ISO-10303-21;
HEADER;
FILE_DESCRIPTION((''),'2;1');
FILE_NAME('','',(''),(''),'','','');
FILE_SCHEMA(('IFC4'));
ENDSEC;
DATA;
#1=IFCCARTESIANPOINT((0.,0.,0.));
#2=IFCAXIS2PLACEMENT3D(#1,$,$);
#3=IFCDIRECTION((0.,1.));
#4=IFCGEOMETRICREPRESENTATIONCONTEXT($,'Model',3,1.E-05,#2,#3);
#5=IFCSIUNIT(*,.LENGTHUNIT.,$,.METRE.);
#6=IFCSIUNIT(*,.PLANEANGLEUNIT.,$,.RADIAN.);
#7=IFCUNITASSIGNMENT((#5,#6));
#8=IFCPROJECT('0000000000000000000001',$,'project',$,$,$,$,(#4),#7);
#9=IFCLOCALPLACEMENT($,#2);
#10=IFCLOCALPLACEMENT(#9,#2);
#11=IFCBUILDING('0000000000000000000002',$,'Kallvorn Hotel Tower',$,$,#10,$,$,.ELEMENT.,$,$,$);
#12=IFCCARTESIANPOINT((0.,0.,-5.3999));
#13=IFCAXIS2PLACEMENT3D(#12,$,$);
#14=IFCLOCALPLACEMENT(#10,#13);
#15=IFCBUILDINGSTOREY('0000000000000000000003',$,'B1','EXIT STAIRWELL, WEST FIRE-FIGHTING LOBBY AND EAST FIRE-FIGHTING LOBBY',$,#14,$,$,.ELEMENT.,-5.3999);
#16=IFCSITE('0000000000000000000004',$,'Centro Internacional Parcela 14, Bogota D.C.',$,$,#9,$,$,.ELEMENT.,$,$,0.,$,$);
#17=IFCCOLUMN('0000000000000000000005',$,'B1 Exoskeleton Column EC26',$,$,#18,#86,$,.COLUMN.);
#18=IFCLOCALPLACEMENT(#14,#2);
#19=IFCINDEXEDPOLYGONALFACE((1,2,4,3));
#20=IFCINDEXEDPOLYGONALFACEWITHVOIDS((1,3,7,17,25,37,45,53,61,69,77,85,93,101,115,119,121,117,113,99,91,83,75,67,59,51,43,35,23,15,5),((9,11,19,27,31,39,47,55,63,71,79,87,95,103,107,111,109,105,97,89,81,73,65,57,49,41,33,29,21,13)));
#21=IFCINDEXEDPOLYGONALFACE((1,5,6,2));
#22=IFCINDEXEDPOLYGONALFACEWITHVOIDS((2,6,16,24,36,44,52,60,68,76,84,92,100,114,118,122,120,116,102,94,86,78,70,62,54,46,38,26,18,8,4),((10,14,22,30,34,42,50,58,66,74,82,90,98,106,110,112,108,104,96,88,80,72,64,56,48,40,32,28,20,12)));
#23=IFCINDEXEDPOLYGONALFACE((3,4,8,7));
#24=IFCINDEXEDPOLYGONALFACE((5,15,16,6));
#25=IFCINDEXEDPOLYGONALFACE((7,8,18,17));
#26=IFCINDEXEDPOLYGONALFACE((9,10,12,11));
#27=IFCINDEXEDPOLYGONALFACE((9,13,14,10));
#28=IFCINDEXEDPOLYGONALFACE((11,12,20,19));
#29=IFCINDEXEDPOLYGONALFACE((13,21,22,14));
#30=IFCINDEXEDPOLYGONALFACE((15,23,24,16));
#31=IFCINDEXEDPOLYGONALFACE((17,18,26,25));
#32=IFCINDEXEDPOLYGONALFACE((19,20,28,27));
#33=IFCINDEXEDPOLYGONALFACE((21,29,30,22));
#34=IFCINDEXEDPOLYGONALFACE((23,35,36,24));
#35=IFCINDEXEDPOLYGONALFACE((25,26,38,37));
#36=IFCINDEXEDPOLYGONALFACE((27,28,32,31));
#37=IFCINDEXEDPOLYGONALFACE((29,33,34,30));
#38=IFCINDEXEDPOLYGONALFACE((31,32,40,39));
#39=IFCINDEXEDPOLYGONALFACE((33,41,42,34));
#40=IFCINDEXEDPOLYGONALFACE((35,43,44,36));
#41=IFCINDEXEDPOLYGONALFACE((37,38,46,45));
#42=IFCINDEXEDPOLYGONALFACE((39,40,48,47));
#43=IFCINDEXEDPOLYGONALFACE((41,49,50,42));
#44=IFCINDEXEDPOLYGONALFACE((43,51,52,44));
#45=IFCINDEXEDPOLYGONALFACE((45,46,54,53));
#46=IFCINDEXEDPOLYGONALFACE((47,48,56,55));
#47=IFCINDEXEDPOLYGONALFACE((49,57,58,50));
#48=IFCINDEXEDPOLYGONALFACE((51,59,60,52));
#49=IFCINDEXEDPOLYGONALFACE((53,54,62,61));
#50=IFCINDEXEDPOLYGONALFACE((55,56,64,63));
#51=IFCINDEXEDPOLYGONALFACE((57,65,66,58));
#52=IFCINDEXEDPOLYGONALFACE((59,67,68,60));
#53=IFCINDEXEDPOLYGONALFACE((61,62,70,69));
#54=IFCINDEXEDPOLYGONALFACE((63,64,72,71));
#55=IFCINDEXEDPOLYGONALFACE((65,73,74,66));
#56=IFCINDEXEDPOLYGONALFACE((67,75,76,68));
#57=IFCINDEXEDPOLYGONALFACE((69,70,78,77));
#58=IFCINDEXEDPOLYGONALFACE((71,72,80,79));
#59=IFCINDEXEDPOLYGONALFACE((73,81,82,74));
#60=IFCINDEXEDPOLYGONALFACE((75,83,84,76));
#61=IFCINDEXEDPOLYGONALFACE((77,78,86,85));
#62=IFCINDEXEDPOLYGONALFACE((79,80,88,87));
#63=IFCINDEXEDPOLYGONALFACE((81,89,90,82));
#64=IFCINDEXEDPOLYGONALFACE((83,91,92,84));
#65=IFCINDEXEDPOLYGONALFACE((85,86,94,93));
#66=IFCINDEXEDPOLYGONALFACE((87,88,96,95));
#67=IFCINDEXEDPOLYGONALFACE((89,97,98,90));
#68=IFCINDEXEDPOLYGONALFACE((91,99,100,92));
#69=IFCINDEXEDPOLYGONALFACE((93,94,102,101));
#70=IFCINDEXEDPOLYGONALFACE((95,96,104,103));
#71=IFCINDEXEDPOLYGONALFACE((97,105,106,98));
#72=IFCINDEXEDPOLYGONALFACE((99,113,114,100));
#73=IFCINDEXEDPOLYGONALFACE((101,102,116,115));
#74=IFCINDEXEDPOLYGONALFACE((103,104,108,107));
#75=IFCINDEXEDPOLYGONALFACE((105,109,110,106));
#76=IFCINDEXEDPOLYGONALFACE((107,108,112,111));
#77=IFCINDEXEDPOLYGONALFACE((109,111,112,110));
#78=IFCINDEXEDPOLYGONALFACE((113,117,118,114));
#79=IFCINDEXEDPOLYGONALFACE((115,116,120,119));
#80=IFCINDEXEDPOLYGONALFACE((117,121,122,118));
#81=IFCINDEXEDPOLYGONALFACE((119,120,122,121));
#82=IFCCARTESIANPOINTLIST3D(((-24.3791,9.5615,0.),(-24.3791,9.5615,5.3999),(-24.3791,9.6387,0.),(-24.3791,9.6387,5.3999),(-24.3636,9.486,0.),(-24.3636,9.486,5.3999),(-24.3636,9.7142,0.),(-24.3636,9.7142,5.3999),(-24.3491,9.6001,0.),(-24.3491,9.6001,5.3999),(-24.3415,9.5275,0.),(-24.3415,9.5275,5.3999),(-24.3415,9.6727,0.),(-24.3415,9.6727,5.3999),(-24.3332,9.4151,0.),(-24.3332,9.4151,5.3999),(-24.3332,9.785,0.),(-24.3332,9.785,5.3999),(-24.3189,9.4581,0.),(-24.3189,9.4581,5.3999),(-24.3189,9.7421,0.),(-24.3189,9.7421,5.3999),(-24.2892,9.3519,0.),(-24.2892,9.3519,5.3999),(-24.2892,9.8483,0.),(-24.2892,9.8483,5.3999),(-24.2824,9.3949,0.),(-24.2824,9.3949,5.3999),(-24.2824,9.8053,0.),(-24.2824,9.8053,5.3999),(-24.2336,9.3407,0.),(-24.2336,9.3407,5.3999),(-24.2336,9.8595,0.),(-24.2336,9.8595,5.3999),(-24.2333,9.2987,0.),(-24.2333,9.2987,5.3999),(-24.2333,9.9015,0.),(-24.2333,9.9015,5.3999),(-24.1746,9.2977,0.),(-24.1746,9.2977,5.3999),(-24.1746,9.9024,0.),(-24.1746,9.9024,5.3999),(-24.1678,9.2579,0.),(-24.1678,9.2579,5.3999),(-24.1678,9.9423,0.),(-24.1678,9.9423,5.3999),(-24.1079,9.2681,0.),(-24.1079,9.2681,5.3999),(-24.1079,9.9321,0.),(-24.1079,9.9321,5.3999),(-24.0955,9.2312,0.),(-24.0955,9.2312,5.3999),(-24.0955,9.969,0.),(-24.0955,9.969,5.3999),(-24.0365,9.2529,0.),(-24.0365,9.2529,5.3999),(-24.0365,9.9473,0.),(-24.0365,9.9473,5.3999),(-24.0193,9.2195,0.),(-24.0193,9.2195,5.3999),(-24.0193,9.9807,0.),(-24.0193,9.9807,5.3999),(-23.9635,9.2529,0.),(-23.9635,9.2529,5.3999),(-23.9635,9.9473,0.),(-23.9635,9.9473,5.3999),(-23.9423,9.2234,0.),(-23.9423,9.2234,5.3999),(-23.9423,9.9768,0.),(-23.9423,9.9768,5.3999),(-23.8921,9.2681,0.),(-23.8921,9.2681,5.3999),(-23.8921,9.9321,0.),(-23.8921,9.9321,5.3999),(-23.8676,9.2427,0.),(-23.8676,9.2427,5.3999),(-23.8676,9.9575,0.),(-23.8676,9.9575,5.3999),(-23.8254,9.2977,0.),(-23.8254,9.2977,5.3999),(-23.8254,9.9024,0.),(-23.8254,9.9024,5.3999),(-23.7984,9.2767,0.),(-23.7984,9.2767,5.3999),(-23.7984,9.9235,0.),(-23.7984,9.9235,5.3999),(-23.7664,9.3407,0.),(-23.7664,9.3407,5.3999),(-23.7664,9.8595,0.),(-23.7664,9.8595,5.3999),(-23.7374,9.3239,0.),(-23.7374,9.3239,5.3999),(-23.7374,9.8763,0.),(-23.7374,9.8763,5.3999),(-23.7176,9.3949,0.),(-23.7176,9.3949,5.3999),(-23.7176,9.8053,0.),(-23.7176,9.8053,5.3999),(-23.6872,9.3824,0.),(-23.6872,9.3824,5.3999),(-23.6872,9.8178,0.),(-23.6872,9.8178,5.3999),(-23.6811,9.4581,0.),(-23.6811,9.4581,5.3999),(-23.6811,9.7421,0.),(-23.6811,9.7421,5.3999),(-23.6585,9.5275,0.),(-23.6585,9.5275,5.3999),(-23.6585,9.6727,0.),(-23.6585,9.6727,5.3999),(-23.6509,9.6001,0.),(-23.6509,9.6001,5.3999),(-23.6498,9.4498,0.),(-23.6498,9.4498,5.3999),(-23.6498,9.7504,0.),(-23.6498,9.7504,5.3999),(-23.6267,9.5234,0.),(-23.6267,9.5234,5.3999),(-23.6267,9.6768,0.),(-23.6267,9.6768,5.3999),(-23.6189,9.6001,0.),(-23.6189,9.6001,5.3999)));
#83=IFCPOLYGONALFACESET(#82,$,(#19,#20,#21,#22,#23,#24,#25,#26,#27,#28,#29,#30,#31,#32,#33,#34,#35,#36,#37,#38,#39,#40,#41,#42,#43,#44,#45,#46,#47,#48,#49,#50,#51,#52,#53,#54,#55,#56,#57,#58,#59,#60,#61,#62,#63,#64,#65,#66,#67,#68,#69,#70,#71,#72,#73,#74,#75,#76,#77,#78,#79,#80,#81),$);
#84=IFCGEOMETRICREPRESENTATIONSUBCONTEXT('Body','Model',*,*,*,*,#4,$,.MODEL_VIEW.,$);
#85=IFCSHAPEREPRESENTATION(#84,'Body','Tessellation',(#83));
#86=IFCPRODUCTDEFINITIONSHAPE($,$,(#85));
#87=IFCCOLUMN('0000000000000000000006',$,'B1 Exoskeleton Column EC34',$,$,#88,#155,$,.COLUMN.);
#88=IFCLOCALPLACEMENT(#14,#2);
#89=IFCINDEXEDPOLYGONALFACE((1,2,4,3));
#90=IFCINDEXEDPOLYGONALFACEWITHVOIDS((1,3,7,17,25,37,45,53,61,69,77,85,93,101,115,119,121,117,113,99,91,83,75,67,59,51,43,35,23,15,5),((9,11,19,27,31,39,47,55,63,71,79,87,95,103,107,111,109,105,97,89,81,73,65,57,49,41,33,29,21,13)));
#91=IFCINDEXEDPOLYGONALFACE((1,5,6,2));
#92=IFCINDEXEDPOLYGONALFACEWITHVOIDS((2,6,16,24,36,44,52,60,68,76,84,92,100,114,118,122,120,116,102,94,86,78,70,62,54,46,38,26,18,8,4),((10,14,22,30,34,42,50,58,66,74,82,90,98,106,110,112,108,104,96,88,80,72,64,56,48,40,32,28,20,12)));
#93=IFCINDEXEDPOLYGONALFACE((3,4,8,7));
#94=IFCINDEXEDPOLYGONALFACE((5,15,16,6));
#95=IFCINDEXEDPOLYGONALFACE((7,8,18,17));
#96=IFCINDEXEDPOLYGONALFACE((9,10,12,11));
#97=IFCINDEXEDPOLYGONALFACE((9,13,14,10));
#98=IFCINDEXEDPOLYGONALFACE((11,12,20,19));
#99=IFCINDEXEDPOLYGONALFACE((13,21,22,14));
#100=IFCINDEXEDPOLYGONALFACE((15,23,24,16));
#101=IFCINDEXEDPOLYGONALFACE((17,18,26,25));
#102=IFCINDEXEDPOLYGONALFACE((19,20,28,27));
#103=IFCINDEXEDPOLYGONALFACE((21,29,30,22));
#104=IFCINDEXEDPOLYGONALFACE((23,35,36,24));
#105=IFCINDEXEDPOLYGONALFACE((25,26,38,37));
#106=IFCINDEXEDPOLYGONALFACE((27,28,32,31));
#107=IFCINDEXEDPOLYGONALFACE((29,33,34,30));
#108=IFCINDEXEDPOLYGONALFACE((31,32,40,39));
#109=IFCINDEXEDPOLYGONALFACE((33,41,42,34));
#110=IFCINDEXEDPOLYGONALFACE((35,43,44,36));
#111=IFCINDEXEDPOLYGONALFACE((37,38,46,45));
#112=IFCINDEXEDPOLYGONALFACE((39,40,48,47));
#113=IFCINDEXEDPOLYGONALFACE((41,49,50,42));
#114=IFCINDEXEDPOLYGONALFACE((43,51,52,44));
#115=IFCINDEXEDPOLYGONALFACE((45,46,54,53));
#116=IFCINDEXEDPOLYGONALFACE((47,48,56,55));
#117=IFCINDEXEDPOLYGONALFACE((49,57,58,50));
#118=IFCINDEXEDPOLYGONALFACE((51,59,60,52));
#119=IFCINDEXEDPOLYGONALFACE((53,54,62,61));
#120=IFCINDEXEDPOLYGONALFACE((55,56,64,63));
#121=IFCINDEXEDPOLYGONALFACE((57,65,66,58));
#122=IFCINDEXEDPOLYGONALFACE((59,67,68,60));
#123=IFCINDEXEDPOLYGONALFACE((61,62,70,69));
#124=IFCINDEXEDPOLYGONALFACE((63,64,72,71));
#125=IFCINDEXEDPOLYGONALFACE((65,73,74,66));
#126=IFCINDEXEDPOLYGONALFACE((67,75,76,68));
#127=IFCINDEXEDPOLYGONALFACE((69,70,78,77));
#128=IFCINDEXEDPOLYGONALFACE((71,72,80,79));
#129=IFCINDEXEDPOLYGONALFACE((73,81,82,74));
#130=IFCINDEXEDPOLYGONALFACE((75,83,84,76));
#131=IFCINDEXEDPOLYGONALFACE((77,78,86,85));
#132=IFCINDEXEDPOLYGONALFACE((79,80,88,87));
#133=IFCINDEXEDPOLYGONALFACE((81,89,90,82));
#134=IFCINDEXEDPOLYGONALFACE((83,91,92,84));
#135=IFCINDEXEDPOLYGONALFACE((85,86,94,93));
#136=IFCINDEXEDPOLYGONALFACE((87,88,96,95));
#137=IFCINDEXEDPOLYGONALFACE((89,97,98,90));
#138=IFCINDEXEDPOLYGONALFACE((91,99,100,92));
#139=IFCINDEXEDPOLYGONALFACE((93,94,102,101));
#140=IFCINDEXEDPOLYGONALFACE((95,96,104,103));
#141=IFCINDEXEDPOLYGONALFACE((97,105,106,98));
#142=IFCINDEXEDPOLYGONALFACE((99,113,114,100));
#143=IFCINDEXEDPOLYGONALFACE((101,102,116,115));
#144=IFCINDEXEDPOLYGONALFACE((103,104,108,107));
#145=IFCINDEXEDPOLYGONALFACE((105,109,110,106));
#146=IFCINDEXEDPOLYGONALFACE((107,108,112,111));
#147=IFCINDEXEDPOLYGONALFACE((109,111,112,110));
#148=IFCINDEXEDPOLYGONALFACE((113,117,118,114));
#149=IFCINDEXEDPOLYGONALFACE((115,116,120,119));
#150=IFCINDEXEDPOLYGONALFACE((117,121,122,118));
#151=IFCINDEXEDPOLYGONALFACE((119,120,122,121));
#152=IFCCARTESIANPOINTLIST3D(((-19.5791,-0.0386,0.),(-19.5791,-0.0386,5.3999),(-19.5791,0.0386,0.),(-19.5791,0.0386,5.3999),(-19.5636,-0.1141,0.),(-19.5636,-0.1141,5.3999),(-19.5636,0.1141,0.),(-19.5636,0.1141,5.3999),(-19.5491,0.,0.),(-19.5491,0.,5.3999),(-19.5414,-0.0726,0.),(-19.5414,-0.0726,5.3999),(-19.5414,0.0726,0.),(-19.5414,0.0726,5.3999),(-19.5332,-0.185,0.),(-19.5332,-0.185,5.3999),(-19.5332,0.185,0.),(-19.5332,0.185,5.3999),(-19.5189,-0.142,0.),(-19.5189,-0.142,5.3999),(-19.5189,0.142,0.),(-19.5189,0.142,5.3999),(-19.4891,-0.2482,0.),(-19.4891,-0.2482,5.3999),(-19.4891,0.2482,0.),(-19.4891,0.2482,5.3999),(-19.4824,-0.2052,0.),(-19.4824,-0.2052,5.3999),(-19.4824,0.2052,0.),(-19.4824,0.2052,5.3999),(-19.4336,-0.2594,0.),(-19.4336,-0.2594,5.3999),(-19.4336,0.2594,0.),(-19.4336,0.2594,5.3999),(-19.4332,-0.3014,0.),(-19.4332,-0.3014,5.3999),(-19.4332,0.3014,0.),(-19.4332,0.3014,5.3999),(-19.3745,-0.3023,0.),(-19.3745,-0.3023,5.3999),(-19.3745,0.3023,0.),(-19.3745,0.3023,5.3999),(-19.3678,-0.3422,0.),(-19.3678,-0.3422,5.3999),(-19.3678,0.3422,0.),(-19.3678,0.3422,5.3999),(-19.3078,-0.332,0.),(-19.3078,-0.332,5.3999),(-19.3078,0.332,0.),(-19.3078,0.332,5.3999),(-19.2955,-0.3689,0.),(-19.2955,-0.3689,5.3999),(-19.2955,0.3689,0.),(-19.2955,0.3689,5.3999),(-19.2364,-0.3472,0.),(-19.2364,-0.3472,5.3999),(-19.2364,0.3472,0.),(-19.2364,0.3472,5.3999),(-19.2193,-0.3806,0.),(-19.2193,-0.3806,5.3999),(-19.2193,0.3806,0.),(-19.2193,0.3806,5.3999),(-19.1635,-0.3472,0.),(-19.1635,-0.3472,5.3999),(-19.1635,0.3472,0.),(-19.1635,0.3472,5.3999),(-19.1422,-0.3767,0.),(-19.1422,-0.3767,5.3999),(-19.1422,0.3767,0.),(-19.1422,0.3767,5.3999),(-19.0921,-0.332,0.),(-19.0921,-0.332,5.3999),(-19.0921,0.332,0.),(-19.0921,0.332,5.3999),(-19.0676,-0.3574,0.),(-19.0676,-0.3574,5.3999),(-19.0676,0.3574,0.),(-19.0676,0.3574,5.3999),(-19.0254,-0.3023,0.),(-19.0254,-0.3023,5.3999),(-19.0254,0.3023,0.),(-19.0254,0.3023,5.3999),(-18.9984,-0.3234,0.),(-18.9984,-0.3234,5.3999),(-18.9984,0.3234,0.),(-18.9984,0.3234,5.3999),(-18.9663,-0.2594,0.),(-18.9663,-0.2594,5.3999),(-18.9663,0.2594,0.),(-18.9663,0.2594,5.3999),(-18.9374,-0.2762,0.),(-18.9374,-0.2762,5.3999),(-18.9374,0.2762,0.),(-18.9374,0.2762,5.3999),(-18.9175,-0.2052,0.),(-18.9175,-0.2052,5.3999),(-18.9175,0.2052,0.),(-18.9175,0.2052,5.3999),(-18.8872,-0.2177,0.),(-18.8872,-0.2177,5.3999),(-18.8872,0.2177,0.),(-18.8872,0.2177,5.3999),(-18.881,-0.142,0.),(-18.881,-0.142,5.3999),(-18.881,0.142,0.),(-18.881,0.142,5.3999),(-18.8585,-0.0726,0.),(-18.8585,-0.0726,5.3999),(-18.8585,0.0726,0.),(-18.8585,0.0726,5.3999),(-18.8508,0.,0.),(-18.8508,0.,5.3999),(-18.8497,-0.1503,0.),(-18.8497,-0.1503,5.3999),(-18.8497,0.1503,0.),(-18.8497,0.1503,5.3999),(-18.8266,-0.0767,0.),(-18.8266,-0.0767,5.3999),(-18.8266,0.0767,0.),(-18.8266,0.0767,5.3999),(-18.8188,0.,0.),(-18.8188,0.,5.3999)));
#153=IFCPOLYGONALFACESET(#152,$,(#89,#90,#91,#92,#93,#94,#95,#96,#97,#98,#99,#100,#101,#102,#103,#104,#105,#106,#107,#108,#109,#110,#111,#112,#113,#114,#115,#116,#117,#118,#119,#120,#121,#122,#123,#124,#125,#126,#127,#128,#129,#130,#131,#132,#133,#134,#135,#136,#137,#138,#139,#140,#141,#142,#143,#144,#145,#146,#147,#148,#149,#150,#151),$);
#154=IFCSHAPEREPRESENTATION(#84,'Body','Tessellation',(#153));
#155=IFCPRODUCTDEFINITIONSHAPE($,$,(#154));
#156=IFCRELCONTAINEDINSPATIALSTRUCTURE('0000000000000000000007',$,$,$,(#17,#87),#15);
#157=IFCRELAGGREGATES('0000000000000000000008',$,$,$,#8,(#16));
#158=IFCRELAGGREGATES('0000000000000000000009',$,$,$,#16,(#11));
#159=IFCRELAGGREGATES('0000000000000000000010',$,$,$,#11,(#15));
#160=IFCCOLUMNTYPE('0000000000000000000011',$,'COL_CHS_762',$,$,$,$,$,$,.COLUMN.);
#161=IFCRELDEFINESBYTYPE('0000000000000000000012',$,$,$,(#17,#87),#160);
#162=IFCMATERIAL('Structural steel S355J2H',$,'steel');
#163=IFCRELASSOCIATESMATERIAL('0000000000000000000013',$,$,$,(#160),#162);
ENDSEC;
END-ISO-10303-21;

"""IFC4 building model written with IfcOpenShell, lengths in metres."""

from ifc_helpers import new_model, si_unit, direction, frame, origin, origin_2d, place, context, subcontext, project, spatial, hollow_circle, extrude, material, material_profile, profile_set, type_object, element, save


model = new_model("IFC4")

# Units and contexts
model_context = context("Model", 3, precision=1e-05, world=origin(), true_north=direction((0.0, 1.0)))
body_context = subcontext(model_context, "Body", "Model", "MODEL_VIEW")
ifc_project = project(units=[si_unit("LENGTHUNIT", "METRE"), si_unit("PLANEANGLEUNIT", "RADIAN")], contexts=[model_context])

# Site, building, storey
site_placement = place(None, origin())
site = spatial("IfcSite", under=ifc_project, at=site_placement, Name="Centro Internacional Parcela 14, Bogota D.C.", CompositionType="ELEMENT", RefElevation=0.0)
building_placement = place(site_placement, origin())
building = spatial("IfcBuilding", under=site, at=building_placement, Name="Kallvorn Hotel Tower", CompositionType="ELEMENT")
storey_placement = place(building_placement, frame((0.0, 0.0, -5.3999)))
storey = spatial("IfcBuildingStorey", under=building, at=storey_placement, Name="B1", Description="EXIT STAIRWELL, WEST FIRE-FIGHTING LOBBY AND EAST FIRE-FIGHTING LOBBY", CompositionType="ELEMENT", Elevation=-5.3999)

# Columns
ifc_material_1 = material(Name="Structural steel S355J2H", Category="steel")
ifc_material_profile_1 = material_profile(ifc_material_1, hollow_circle(Radius=0.3811, WallThickness=0.032, at=origin_2d()), Name="CHS 762x32")
ifc_profile_set_1 = profile_set([ifc_material_profile_1], Name="Structural steel S355J2H")
column_type_1 = type_object("IfcColumnType", Name="COL_CHS_762", PredefinedType="COLUMN", material=ifc_profile_set_1)
for number, where, z_axis, x_axis, name in (
    (1, (-24.0, 9.6001, 0.0), (0.0, 0.0, 1.0), (1.0, 0.0, 0.0), "B1 Exoskeleton Column EC26"),
    (2, (-19.2, 0.0, 0.0), (0.0, 0.0, 1.0), (1.0, 0.0, 0.0), "B1 Exoskeleton Column EC34"),
):
    element("IfcColumn", number, at=place(storey_placement, frame(where, z_axis=z_axis, x_axis=x_axis)), inside=storey, type_object=column_type_1, Name=name, PredefinedType="COLUMN", context=body_context, shape_type="SweptSolid", body=[
        extrude(hollow_circle(Radius=0.3811, WallThickness=0.032, at=origin_2d()), origin(), (0.0, 0.0, 1.0), 5.3999),
    ])

save(model, "model.ifc")
